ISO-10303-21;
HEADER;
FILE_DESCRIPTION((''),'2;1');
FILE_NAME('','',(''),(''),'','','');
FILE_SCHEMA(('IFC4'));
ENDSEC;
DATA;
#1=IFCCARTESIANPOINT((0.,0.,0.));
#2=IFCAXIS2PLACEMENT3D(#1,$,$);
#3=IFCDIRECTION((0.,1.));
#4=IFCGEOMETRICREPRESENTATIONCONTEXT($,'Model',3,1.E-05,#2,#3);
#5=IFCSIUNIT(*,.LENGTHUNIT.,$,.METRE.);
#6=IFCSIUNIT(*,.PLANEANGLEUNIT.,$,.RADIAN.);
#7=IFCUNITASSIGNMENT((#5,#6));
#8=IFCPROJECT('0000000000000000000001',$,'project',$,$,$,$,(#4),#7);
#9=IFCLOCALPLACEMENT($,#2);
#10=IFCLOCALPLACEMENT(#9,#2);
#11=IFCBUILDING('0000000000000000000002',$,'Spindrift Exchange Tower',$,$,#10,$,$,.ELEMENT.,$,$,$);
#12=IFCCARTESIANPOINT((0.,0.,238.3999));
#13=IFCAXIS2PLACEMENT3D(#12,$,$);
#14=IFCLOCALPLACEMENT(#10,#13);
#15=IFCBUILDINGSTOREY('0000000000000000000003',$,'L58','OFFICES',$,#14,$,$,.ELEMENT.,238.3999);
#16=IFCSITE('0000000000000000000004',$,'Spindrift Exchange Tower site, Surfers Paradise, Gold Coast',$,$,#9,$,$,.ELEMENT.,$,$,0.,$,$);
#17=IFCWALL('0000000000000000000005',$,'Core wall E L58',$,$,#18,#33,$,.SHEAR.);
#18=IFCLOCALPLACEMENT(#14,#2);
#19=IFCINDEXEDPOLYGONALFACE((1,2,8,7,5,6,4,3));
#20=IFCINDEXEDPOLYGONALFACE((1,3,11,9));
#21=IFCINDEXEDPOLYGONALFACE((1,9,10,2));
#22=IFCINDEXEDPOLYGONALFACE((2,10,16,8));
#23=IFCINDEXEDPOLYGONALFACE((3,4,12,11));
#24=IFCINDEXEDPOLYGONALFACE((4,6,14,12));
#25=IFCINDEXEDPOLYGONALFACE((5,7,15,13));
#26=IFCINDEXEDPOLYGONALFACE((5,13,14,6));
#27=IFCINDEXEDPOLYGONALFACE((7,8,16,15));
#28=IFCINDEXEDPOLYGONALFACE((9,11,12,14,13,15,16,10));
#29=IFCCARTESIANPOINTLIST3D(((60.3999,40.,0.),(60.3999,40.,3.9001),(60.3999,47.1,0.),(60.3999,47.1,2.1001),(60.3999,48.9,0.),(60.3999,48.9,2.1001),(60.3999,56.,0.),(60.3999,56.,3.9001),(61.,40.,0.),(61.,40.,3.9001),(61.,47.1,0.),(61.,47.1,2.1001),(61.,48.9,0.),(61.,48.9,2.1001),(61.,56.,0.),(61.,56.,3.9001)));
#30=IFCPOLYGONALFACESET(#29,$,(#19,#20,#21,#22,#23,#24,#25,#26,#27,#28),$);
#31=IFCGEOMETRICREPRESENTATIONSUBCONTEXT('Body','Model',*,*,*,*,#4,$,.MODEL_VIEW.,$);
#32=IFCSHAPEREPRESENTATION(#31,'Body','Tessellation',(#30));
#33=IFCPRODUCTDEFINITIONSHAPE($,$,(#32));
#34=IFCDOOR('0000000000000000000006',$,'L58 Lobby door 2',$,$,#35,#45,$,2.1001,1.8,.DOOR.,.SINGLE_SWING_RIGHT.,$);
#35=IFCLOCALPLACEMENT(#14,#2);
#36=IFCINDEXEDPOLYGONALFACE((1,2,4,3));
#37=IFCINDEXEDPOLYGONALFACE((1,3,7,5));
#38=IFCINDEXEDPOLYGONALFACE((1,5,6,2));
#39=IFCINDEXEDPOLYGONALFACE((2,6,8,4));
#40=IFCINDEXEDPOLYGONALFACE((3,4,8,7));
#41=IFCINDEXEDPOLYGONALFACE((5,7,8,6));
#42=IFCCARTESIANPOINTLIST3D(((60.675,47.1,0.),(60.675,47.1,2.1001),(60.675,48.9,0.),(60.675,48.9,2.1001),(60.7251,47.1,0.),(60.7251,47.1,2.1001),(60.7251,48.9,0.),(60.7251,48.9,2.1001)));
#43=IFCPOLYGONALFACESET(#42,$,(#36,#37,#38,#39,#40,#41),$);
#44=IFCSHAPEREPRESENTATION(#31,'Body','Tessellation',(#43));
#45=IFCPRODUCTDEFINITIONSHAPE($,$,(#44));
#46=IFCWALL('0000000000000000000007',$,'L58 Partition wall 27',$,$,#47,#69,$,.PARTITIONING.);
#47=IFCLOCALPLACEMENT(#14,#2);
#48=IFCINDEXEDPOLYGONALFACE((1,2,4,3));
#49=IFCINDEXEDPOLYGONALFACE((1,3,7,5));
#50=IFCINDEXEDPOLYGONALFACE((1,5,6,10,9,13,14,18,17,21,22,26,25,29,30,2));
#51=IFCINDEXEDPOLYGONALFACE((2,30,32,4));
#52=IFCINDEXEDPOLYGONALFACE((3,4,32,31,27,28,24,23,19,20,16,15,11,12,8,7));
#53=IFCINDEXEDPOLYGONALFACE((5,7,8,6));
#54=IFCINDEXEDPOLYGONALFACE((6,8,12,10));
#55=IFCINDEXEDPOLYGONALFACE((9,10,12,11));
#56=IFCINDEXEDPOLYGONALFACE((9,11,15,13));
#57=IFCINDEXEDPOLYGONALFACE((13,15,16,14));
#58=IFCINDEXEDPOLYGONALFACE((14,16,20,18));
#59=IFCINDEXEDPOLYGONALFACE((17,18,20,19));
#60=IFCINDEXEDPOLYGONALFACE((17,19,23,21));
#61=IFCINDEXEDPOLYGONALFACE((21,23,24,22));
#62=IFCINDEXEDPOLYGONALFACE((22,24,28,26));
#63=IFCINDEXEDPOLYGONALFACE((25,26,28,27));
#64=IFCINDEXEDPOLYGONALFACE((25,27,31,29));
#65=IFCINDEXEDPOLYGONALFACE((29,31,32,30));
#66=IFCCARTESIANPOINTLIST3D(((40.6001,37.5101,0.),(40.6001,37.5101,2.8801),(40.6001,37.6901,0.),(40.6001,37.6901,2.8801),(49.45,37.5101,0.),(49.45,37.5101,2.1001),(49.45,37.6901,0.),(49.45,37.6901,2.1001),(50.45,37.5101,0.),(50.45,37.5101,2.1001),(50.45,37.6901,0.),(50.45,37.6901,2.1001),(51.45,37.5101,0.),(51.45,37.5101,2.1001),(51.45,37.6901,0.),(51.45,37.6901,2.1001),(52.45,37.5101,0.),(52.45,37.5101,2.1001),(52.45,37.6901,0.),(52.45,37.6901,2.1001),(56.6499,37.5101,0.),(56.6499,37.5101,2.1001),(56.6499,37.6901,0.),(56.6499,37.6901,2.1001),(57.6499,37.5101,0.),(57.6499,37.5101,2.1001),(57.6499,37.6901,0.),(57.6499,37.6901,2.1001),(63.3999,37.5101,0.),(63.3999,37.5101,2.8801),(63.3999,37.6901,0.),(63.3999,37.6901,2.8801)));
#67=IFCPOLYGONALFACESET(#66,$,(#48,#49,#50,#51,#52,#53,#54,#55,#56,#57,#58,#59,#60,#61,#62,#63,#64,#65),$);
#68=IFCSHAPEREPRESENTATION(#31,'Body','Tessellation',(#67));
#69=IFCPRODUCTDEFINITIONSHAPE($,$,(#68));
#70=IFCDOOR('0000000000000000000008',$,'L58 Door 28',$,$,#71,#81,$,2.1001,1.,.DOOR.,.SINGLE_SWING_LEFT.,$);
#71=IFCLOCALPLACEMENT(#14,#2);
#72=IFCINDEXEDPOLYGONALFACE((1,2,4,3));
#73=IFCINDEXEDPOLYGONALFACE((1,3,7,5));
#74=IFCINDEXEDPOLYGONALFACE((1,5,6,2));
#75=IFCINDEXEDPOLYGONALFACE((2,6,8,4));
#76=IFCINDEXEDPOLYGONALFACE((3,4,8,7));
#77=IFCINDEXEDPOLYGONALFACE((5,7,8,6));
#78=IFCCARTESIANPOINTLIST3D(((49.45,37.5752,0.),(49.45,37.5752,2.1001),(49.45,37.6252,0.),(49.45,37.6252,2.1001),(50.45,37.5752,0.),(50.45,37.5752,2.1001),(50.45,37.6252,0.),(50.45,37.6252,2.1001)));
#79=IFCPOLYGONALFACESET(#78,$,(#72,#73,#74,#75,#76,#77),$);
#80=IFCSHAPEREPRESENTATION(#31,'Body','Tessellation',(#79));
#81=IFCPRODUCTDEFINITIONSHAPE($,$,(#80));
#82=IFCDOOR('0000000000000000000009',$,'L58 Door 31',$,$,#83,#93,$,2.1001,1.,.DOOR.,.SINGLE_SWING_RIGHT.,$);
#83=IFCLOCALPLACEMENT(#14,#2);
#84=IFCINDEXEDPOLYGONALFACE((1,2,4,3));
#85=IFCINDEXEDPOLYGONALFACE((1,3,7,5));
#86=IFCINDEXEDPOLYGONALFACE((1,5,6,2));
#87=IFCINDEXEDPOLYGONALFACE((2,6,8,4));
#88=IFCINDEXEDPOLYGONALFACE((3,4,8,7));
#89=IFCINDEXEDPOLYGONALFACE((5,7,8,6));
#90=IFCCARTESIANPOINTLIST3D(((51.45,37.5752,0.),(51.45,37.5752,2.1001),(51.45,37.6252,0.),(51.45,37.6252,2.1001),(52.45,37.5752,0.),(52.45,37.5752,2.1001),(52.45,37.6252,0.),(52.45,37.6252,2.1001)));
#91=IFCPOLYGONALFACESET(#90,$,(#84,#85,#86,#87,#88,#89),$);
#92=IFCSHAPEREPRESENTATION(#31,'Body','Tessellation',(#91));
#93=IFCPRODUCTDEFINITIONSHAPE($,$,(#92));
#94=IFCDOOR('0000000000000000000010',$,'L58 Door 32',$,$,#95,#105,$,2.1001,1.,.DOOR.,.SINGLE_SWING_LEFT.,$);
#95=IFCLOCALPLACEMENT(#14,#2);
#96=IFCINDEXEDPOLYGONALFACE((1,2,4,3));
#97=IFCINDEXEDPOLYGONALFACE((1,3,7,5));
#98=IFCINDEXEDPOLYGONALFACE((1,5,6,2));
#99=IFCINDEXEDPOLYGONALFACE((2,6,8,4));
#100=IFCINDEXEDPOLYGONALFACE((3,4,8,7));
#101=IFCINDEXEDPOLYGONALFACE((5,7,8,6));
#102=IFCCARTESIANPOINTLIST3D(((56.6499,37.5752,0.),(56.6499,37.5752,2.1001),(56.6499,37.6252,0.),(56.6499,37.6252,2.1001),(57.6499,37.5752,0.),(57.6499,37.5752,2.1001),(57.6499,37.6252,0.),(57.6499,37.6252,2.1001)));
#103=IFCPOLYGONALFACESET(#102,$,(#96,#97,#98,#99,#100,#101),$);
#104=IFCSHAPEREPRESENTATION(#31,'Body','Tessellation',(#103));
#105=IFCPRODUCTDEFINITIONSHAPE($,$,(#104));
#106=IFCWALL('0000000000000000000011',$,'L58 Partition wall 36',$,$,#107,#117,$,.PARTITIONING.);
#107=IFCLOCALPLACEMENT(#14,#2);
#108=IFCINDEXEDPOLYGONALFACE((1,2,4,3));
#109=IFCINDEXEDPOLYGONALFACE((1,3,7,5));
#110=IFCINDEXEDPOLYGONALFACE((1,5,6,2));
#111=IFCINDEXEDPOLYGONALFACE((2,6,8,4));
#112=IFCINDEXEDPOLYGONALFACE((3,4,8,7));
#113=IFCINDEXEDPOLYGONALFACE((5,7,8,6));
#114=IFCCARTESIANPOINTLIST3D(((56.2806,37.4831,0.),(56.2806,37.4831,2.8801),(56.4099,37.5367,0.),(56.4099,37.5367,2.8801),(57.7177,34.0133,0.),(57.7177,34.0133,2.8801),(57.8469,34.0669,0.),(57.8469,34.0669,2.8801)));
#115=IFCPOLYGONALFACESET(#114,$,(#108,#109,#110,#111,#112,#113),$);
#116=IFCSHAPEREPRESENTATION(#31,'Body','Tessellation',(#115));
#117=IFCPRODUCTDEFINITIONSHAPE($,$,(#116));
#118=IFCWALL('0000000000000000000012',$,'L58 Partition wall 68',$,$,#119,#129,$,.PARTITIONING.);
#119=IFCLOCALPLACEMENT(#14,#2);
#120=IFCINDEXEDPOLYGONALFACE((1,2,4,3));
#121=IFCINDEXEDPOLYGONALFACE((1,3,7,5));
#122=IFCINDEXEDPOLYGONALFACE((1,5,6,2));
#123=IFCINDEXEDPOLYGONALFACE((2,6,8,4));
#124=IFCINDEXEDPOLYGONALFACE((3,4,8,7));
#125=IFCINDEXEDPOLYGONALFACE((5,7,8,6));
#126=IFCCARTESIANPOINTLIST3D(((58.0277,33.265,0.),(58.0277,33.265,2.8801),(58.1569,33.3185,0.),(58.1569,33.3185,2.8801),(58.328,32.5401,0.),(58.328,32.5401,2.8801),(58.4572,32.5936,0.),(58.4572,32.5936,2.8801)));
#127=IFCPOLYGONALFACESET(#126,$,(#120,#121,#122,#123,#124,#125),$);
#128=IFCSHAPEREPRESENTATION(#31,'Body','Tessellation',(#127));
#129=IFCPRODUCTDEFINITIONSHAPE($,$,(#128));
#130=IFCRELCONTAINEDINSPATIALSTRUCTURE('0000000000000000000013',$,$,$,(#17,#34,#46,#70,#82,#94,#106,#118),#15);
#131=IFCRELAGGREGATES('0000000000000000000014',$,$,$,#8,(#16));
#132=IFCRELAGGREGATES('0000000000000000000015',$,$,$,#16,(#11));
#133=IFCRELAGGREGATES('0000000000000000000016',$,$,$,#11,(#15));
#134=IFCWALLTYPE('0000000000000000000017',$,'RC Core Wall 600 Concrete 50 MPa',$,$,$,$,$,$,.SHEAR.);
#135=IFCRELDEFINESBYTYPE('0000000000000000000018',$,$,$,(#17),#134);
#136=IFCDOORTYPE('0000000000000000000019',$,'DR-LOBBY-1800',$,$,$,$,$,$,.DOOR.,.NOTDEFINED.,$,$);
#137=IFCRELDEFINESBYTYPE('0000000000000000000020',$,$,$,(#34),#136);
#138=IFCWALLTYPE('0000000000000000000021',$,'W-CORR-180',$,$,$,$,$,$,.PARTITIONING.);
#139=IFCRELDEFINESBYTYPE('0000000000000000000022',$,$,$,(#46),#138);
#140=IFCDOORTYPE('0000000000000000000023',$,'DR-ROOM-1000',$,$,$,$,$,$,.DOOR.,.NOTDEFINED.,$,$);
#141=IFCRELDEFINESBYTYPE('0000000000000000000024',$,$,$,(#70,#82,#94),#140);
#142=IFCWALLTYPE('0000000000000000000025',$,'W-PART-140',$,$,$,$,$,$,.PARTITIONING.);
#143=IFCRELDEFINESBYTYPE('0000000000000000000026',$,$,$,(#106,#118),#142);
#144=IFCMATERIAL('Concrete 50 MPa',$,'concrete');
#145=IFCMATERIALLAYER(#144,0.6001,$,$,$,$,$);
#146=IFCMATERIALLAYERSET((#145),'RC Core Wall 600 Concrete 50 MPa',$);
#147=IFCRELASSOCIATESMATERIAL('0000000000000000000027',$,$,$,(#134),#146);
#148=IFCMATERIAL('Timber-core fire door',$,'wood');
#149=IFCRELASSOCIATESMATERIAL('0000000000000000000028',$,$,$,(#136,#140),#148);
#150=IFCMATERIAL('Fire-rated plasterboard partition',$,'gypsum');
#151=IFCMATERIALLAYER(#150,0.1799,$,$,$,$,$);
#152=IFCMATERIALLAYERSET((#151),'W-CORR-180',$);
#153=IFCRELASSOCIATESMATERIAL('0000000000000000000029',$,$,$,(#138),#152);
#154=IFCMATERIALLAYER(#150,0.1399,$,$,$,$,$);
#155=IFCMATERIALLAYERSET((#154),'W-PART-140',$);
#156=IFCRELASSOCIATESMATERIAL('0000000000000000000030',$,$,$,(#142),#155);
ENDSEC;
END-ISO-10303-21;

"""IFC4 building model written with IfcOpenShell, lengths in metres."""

from ifc_helpers import new_model, si_unit, direction, frame, frame_2d, origin, place, context, subcontext, project, spatial, rectangle, extrude, source, transform, mapped, material, layer, layer_set, type_object, element, fill, save


model = new_model("IFC4")

# Units and contexts
model_context = context("Model", 3, precision=1e-05, world=origin(), true_north=direction((0.0, 1.0)))
body_context = subcontext(model_context, "Body", "Model", "MODEL_VIEW")
ifc_project = project(units=[si_unit("LENGTHUNIT", "METRE"), si_unit("PLANEANGLEUNIT", "RADIAN")], contexts=[model_context])

# Site, building, storey
site_placement = place(None, origin())
site = spatial("IfcSite", under=ifc_project, at=site_placement, Name="Spindrift Exchange Tower site, Surfers Paradise, Gold Coast", CompositionType="ELEMENT", RefElevation=0.0)
building_placement = place(site_placement, origin())
building = spatial("IfcBuilding", under=site, at=building_placement, Name="Spindrift Exchange Tower", CompositionType="ELEMENT")
storey_placement = place(building_placement, frame((0.0, 0.0, 238.3999)))
storey = spatial("IfcBuildingStorey", under=building, at=storey_placement, Name="L58", Description="OFFICES", CompositionType="ELEMENT", Elevation=238.3999)

# Wall, opening, door
ifc_material_1 = material(Name="Concrete 50 MPa", Category="concrete")
ifc_layer_1 = layer(ifc_material_1, 0.6001)
ifc_layer_set_1 = layer_set([ifc_layer_1], Name="RC Core Wall 600 Concrete 50 MPa")
wall_type_1 = type_object("IfcWallType", Name="RC Core Wall 600 Concrete 50 MPa", PredefinedType="SHEAR", material=ifc_layer_set_1)
wall_1_placement = place(storey_placement, frame((60.7, 40.0, 0.0), z_axis=(0.0, 0.0, 1.0), x_axis=(0.0, 1.0, 0.0)))
wall_1 = element("IfcWall", 1, at=wall_1_placement, inside=storey, type_object=wall_type_1, Name="Core wall E L58", PredefinedType="SHEAR", context=body_context, shape_type="SweptSolid", body=[
    extrude(rectangle(XDim=16.0, YDim=0.6001, at=frame_2d((8.0, 0.0))), origin(), (0.0, 0.0, 1.0), 3.9001),
])
opening_1_placement = place(wall_1_placement, frame((7.1001, 0.0, 0.0)))
opening_1 = element("IfcOpeningElement", 2, at=opening_1_placement, cuts=wall_1, PredefinedType="OPENING", context=body_context, shape_type="SweptSolid", body=[
    extrude(rectangle(XDim=1.8, YDim=2.1001, at=frame_2d((0.8999, 1.05))), frame((0.0, 0.3101, 0.0), z_axis=(0.0, -1.0, 0.0), x_axis=(1.0, 0.0, 0.0)), (0.0, 0.0, 1.0), 0.6201),
])
ifc_material_2 = material(Name="Timber-core fire door", Category="wood")
door_type_1 = type_object("IfcDoorType", Name="DR-LOBBY-1800", OperationType="NOTDEFINED", PredefinedType="DOOR", material=ifc_material_2)
shared_shape_1 = source(origin(), body_context, "Body", "SweptSolid", [
    extrude(rectangle(XDim=1.8, YDim=2.1001, at=frame_2d((0.8999, 1.05))), frame((0.0, 0.0249, 0.0), z_axis=(0.0, -1.0, 0.0), x_axis=(1.0, 0.0, 0.0)), (0.0, 0.0, 1.0), 0.05),
])
door_1_placement = place(opening_1_placement, origin())
door_1 = element("IfcDoor", 3, at=door_1_placement, inside=storey, type_object=door_type_1, Name="L58 Lobby door 2", OperationType="SINGLE_SWING_RIGHT", OverallHeight=2.1001, OverallWidth=1.8, PredefinedType="DOOR", context=body_context, shape_type="MappedRepresentation", body=[
    mapped(shared_shape_1, transform((0.0, 0.0, 0.0), scale=1.0)),
])
fill(opening_1, door_1)

# Wall, openings, doors
ifc_material_3 = material(Name="Fire-rated plasterboard partition", Category="gypsum")
ifc_layer_2 = layer(ifc_material_3, 0.1799)
ifc_layer_set_2 = layer_set([ifc_layer_2], Name="W-CORR-180")
wall_type_2 = type_object("IfcWallType", Name="W-CORR-180", PredefinedType="PARTITIONING", material=ifc_layer_set_2)
wall_2_placement = place(storey_placement, frame((63.3999, 37.6001, 0.0), z_axis=(0.0, 0.0, 1.0), x_axis=(-1.0, 0.0, 0.0)))
wall_2 = element("IfcWall", 4, at=wall_2_placement, inside=storey, type_object=wall_type_2, Name="L58 Partition wall 27", PredefinedType="PARTITIONING", context=body_context, shape_type="SweptSolid", body=[
    extrude(rectangle(XDim=22.7998, YDim=0.1799, at=frame_2d((11.3999, 0.0))), origin(), (0.0, 0.0, 1.0), 2.8801),
])
opening_2_placement = place(wall_2_placement, frame((12.95, 0.0, 0.0)))
opening_2 = element("IfcOpeningElement", 5, at=opening_2_placement, cuts=wall_2, PredefinedType="OPENING", context=body_context, shape_type="SweptSolid", body=[
    extrude(rectangle(XDim=1.0, YDim=2.1001, at=frame_2d((0.5, 1.05))), frame((0.0, 0.0999, 0.0), z_axis=(0.0, -1.0, 0.0), x_axis=(1.0, 0.0, 0.0)), (0.0, 0.0, 1.0), 0.2),
])
opening_3_placement = place(wall_2_placement, frame((10.95, 0.0, 0.0)))
opening_3 = element("IfcOpeningElement", 6, at=opening_3_placement, cuts=wall_2, PredefinedType="OPENING", context=body_context, shape_type="SweptSolid", body=[
    extrude(rectangle(XDim=1.0, YDim=2.1001, at=frame_2d((0.5, 1.05))), frame((0.0, 0.0999, 0.0), z_axis=(0.0, -1.0, 0.0), x_axis=(1.0, 0.0, 0.0)), (0.0, 0.0, 1.0), 0.2),
])
opening_4_placement = place(wall_2_placement, frame((5.75, 0.0, 0.0)))
opening_4 = element("IfcOpeningElement", 7, at=opening_4_placement, cuts=wall_2, PredefinedType="OPENING", context=body_context, shape_type="SweptSolid", body=[
    extrude(rectangle(XDim=1.0, YDim=2.1001, at=frame_2d((0.5, 1.05))), frame((0.0, 0.0999, 0.0), z_axis=(0.0, -1.0, 0.0), x_axis=(1.0, 0.0, 0.0)), (0.0, 0.0, 1.0), 0.2),
])
door_type_2 = type_object("IfcDoorType", Name="DR-ROOM-1000", OperationType="NOTDEFINED", PredefinedType="DOOR", material=ifc_material_2)
shared_shape_2 = source(origin(), body_context, "Body", "SweptSolid", [
    extrude(rectangle(XDim=1.0, YDim=2.1001, at=frame_2d((0.5, 1.05))), frame((0.0, 0.0249, 0.0), z_axis=(0.0, -1.0, 0.0), x_axis=(1.0, 0.0, 0.0)), (0.0, 0.0, 1.0), 0.05),
])
door_2_placement = place(opening_2_placement, origin())
door_2 = element("IfcDoor", 8, at=door_2_placement, inside=storey, type_object=door_type_2, Name="L58 Door 28", OperationType="SINGLE_SWING_LEFT", OverallHeight=2.1001, OverallWidth=1.0, PredefinedType="DOOR", context=body_context, shape_type="MappedRepresentation", body=[
    mapped(shared_shape_2, transform((0.0, 0.0, 0.0), scale=1.0)),
])
fill(opening_2, door_2)
door_3_placement = place(opening_3_placement, origin())
door_3 = element("IfcDoor", 9, at=door_3_placement, inside=storey, type_object=door_type_2, Name="L58 Door 31", OperationType="SINGLE_SWING_RIGHT", OverallHeight=2.1001, OverallWidth=1.0, PredefinedType="DOOR", context=body_context, shape_type="MappedRepresentation", body=[
    mapped(shared_shape_2, transform((0.0, 0.0, 0.0), scale=1.0)),
])
fill(opening_3, door_3)
door_4_placement = place(opening_4_placement, origin())
door_4 = element("IfcDoor", 10, at=door_4_placement, inside=storey, type_object=door_type_2, Name="L58 Door 32", OperationType="SINGLE_SWING_LEFT", OverallHeight=2.1001, OverallWidth=1.0, PredefinedType="DOOR", context=body_context, shape_type="MappedRepresentation", body=[
    mapped(shared_shape_2, transform((0.0, 0.0, 0.0), scale=1.0)),
])
fill(opening_4, door_4)

# Walls
ifc_layer_3 = layer(ifc_material_3, 0.1399)
ifc_layer_set_3 = layer_set([ifc_layer_3], Name="W-PART-140")
wall_type_3 = type_object("IfcWallType", Name="W-PART-140", PredefinedType="PARTITIONING", material=ifc_layer_set_3)
wall_3_placement = place(storey_placement, frame((56.3452, 37.51, 0.0), z_axis=(0.0, 0.0, 1.0), x_axis=(0.382639, -0.923898, 0.0)))
element("IfcWall", 11, at=wall_3_placement, inside=storey, type_object=wall_type_3, Name="L58 Partition wall 36", PredefinedType="PARTITIONING", context=body_context, shape_type="SweptSolid", body=[
    extrude(rectangle(XDim=3.7556, YDim=0.1399, at=frame_2d((1.8779, 0.0))), origin(), (0.0, 0.0, 1.0), 2.8801),
])
wall_4_placement = place(storey_placement, frame((58.0923, 33.2917, 0.0), z_axis=(0.0, 0.0, 1.0), x_axis=(0.382737, -0.923858, 0.0)))
element("IfcWall", 12, at=wall_4_placement, inside=storey, type_object=wall_type_3, Name="L58 Partition wall 68", PredefinedType="PARTITIONING", context=body_context, shape_type="SweptSolid", body=[
    extrude(rectangle(XDim=0.7847, YDim=0.1399, at=frame_2d((0.3923, 0.0))), origin(), (0.0, 0.0, 1.0), 2.8801),
])

save(model, "model.ifc")
